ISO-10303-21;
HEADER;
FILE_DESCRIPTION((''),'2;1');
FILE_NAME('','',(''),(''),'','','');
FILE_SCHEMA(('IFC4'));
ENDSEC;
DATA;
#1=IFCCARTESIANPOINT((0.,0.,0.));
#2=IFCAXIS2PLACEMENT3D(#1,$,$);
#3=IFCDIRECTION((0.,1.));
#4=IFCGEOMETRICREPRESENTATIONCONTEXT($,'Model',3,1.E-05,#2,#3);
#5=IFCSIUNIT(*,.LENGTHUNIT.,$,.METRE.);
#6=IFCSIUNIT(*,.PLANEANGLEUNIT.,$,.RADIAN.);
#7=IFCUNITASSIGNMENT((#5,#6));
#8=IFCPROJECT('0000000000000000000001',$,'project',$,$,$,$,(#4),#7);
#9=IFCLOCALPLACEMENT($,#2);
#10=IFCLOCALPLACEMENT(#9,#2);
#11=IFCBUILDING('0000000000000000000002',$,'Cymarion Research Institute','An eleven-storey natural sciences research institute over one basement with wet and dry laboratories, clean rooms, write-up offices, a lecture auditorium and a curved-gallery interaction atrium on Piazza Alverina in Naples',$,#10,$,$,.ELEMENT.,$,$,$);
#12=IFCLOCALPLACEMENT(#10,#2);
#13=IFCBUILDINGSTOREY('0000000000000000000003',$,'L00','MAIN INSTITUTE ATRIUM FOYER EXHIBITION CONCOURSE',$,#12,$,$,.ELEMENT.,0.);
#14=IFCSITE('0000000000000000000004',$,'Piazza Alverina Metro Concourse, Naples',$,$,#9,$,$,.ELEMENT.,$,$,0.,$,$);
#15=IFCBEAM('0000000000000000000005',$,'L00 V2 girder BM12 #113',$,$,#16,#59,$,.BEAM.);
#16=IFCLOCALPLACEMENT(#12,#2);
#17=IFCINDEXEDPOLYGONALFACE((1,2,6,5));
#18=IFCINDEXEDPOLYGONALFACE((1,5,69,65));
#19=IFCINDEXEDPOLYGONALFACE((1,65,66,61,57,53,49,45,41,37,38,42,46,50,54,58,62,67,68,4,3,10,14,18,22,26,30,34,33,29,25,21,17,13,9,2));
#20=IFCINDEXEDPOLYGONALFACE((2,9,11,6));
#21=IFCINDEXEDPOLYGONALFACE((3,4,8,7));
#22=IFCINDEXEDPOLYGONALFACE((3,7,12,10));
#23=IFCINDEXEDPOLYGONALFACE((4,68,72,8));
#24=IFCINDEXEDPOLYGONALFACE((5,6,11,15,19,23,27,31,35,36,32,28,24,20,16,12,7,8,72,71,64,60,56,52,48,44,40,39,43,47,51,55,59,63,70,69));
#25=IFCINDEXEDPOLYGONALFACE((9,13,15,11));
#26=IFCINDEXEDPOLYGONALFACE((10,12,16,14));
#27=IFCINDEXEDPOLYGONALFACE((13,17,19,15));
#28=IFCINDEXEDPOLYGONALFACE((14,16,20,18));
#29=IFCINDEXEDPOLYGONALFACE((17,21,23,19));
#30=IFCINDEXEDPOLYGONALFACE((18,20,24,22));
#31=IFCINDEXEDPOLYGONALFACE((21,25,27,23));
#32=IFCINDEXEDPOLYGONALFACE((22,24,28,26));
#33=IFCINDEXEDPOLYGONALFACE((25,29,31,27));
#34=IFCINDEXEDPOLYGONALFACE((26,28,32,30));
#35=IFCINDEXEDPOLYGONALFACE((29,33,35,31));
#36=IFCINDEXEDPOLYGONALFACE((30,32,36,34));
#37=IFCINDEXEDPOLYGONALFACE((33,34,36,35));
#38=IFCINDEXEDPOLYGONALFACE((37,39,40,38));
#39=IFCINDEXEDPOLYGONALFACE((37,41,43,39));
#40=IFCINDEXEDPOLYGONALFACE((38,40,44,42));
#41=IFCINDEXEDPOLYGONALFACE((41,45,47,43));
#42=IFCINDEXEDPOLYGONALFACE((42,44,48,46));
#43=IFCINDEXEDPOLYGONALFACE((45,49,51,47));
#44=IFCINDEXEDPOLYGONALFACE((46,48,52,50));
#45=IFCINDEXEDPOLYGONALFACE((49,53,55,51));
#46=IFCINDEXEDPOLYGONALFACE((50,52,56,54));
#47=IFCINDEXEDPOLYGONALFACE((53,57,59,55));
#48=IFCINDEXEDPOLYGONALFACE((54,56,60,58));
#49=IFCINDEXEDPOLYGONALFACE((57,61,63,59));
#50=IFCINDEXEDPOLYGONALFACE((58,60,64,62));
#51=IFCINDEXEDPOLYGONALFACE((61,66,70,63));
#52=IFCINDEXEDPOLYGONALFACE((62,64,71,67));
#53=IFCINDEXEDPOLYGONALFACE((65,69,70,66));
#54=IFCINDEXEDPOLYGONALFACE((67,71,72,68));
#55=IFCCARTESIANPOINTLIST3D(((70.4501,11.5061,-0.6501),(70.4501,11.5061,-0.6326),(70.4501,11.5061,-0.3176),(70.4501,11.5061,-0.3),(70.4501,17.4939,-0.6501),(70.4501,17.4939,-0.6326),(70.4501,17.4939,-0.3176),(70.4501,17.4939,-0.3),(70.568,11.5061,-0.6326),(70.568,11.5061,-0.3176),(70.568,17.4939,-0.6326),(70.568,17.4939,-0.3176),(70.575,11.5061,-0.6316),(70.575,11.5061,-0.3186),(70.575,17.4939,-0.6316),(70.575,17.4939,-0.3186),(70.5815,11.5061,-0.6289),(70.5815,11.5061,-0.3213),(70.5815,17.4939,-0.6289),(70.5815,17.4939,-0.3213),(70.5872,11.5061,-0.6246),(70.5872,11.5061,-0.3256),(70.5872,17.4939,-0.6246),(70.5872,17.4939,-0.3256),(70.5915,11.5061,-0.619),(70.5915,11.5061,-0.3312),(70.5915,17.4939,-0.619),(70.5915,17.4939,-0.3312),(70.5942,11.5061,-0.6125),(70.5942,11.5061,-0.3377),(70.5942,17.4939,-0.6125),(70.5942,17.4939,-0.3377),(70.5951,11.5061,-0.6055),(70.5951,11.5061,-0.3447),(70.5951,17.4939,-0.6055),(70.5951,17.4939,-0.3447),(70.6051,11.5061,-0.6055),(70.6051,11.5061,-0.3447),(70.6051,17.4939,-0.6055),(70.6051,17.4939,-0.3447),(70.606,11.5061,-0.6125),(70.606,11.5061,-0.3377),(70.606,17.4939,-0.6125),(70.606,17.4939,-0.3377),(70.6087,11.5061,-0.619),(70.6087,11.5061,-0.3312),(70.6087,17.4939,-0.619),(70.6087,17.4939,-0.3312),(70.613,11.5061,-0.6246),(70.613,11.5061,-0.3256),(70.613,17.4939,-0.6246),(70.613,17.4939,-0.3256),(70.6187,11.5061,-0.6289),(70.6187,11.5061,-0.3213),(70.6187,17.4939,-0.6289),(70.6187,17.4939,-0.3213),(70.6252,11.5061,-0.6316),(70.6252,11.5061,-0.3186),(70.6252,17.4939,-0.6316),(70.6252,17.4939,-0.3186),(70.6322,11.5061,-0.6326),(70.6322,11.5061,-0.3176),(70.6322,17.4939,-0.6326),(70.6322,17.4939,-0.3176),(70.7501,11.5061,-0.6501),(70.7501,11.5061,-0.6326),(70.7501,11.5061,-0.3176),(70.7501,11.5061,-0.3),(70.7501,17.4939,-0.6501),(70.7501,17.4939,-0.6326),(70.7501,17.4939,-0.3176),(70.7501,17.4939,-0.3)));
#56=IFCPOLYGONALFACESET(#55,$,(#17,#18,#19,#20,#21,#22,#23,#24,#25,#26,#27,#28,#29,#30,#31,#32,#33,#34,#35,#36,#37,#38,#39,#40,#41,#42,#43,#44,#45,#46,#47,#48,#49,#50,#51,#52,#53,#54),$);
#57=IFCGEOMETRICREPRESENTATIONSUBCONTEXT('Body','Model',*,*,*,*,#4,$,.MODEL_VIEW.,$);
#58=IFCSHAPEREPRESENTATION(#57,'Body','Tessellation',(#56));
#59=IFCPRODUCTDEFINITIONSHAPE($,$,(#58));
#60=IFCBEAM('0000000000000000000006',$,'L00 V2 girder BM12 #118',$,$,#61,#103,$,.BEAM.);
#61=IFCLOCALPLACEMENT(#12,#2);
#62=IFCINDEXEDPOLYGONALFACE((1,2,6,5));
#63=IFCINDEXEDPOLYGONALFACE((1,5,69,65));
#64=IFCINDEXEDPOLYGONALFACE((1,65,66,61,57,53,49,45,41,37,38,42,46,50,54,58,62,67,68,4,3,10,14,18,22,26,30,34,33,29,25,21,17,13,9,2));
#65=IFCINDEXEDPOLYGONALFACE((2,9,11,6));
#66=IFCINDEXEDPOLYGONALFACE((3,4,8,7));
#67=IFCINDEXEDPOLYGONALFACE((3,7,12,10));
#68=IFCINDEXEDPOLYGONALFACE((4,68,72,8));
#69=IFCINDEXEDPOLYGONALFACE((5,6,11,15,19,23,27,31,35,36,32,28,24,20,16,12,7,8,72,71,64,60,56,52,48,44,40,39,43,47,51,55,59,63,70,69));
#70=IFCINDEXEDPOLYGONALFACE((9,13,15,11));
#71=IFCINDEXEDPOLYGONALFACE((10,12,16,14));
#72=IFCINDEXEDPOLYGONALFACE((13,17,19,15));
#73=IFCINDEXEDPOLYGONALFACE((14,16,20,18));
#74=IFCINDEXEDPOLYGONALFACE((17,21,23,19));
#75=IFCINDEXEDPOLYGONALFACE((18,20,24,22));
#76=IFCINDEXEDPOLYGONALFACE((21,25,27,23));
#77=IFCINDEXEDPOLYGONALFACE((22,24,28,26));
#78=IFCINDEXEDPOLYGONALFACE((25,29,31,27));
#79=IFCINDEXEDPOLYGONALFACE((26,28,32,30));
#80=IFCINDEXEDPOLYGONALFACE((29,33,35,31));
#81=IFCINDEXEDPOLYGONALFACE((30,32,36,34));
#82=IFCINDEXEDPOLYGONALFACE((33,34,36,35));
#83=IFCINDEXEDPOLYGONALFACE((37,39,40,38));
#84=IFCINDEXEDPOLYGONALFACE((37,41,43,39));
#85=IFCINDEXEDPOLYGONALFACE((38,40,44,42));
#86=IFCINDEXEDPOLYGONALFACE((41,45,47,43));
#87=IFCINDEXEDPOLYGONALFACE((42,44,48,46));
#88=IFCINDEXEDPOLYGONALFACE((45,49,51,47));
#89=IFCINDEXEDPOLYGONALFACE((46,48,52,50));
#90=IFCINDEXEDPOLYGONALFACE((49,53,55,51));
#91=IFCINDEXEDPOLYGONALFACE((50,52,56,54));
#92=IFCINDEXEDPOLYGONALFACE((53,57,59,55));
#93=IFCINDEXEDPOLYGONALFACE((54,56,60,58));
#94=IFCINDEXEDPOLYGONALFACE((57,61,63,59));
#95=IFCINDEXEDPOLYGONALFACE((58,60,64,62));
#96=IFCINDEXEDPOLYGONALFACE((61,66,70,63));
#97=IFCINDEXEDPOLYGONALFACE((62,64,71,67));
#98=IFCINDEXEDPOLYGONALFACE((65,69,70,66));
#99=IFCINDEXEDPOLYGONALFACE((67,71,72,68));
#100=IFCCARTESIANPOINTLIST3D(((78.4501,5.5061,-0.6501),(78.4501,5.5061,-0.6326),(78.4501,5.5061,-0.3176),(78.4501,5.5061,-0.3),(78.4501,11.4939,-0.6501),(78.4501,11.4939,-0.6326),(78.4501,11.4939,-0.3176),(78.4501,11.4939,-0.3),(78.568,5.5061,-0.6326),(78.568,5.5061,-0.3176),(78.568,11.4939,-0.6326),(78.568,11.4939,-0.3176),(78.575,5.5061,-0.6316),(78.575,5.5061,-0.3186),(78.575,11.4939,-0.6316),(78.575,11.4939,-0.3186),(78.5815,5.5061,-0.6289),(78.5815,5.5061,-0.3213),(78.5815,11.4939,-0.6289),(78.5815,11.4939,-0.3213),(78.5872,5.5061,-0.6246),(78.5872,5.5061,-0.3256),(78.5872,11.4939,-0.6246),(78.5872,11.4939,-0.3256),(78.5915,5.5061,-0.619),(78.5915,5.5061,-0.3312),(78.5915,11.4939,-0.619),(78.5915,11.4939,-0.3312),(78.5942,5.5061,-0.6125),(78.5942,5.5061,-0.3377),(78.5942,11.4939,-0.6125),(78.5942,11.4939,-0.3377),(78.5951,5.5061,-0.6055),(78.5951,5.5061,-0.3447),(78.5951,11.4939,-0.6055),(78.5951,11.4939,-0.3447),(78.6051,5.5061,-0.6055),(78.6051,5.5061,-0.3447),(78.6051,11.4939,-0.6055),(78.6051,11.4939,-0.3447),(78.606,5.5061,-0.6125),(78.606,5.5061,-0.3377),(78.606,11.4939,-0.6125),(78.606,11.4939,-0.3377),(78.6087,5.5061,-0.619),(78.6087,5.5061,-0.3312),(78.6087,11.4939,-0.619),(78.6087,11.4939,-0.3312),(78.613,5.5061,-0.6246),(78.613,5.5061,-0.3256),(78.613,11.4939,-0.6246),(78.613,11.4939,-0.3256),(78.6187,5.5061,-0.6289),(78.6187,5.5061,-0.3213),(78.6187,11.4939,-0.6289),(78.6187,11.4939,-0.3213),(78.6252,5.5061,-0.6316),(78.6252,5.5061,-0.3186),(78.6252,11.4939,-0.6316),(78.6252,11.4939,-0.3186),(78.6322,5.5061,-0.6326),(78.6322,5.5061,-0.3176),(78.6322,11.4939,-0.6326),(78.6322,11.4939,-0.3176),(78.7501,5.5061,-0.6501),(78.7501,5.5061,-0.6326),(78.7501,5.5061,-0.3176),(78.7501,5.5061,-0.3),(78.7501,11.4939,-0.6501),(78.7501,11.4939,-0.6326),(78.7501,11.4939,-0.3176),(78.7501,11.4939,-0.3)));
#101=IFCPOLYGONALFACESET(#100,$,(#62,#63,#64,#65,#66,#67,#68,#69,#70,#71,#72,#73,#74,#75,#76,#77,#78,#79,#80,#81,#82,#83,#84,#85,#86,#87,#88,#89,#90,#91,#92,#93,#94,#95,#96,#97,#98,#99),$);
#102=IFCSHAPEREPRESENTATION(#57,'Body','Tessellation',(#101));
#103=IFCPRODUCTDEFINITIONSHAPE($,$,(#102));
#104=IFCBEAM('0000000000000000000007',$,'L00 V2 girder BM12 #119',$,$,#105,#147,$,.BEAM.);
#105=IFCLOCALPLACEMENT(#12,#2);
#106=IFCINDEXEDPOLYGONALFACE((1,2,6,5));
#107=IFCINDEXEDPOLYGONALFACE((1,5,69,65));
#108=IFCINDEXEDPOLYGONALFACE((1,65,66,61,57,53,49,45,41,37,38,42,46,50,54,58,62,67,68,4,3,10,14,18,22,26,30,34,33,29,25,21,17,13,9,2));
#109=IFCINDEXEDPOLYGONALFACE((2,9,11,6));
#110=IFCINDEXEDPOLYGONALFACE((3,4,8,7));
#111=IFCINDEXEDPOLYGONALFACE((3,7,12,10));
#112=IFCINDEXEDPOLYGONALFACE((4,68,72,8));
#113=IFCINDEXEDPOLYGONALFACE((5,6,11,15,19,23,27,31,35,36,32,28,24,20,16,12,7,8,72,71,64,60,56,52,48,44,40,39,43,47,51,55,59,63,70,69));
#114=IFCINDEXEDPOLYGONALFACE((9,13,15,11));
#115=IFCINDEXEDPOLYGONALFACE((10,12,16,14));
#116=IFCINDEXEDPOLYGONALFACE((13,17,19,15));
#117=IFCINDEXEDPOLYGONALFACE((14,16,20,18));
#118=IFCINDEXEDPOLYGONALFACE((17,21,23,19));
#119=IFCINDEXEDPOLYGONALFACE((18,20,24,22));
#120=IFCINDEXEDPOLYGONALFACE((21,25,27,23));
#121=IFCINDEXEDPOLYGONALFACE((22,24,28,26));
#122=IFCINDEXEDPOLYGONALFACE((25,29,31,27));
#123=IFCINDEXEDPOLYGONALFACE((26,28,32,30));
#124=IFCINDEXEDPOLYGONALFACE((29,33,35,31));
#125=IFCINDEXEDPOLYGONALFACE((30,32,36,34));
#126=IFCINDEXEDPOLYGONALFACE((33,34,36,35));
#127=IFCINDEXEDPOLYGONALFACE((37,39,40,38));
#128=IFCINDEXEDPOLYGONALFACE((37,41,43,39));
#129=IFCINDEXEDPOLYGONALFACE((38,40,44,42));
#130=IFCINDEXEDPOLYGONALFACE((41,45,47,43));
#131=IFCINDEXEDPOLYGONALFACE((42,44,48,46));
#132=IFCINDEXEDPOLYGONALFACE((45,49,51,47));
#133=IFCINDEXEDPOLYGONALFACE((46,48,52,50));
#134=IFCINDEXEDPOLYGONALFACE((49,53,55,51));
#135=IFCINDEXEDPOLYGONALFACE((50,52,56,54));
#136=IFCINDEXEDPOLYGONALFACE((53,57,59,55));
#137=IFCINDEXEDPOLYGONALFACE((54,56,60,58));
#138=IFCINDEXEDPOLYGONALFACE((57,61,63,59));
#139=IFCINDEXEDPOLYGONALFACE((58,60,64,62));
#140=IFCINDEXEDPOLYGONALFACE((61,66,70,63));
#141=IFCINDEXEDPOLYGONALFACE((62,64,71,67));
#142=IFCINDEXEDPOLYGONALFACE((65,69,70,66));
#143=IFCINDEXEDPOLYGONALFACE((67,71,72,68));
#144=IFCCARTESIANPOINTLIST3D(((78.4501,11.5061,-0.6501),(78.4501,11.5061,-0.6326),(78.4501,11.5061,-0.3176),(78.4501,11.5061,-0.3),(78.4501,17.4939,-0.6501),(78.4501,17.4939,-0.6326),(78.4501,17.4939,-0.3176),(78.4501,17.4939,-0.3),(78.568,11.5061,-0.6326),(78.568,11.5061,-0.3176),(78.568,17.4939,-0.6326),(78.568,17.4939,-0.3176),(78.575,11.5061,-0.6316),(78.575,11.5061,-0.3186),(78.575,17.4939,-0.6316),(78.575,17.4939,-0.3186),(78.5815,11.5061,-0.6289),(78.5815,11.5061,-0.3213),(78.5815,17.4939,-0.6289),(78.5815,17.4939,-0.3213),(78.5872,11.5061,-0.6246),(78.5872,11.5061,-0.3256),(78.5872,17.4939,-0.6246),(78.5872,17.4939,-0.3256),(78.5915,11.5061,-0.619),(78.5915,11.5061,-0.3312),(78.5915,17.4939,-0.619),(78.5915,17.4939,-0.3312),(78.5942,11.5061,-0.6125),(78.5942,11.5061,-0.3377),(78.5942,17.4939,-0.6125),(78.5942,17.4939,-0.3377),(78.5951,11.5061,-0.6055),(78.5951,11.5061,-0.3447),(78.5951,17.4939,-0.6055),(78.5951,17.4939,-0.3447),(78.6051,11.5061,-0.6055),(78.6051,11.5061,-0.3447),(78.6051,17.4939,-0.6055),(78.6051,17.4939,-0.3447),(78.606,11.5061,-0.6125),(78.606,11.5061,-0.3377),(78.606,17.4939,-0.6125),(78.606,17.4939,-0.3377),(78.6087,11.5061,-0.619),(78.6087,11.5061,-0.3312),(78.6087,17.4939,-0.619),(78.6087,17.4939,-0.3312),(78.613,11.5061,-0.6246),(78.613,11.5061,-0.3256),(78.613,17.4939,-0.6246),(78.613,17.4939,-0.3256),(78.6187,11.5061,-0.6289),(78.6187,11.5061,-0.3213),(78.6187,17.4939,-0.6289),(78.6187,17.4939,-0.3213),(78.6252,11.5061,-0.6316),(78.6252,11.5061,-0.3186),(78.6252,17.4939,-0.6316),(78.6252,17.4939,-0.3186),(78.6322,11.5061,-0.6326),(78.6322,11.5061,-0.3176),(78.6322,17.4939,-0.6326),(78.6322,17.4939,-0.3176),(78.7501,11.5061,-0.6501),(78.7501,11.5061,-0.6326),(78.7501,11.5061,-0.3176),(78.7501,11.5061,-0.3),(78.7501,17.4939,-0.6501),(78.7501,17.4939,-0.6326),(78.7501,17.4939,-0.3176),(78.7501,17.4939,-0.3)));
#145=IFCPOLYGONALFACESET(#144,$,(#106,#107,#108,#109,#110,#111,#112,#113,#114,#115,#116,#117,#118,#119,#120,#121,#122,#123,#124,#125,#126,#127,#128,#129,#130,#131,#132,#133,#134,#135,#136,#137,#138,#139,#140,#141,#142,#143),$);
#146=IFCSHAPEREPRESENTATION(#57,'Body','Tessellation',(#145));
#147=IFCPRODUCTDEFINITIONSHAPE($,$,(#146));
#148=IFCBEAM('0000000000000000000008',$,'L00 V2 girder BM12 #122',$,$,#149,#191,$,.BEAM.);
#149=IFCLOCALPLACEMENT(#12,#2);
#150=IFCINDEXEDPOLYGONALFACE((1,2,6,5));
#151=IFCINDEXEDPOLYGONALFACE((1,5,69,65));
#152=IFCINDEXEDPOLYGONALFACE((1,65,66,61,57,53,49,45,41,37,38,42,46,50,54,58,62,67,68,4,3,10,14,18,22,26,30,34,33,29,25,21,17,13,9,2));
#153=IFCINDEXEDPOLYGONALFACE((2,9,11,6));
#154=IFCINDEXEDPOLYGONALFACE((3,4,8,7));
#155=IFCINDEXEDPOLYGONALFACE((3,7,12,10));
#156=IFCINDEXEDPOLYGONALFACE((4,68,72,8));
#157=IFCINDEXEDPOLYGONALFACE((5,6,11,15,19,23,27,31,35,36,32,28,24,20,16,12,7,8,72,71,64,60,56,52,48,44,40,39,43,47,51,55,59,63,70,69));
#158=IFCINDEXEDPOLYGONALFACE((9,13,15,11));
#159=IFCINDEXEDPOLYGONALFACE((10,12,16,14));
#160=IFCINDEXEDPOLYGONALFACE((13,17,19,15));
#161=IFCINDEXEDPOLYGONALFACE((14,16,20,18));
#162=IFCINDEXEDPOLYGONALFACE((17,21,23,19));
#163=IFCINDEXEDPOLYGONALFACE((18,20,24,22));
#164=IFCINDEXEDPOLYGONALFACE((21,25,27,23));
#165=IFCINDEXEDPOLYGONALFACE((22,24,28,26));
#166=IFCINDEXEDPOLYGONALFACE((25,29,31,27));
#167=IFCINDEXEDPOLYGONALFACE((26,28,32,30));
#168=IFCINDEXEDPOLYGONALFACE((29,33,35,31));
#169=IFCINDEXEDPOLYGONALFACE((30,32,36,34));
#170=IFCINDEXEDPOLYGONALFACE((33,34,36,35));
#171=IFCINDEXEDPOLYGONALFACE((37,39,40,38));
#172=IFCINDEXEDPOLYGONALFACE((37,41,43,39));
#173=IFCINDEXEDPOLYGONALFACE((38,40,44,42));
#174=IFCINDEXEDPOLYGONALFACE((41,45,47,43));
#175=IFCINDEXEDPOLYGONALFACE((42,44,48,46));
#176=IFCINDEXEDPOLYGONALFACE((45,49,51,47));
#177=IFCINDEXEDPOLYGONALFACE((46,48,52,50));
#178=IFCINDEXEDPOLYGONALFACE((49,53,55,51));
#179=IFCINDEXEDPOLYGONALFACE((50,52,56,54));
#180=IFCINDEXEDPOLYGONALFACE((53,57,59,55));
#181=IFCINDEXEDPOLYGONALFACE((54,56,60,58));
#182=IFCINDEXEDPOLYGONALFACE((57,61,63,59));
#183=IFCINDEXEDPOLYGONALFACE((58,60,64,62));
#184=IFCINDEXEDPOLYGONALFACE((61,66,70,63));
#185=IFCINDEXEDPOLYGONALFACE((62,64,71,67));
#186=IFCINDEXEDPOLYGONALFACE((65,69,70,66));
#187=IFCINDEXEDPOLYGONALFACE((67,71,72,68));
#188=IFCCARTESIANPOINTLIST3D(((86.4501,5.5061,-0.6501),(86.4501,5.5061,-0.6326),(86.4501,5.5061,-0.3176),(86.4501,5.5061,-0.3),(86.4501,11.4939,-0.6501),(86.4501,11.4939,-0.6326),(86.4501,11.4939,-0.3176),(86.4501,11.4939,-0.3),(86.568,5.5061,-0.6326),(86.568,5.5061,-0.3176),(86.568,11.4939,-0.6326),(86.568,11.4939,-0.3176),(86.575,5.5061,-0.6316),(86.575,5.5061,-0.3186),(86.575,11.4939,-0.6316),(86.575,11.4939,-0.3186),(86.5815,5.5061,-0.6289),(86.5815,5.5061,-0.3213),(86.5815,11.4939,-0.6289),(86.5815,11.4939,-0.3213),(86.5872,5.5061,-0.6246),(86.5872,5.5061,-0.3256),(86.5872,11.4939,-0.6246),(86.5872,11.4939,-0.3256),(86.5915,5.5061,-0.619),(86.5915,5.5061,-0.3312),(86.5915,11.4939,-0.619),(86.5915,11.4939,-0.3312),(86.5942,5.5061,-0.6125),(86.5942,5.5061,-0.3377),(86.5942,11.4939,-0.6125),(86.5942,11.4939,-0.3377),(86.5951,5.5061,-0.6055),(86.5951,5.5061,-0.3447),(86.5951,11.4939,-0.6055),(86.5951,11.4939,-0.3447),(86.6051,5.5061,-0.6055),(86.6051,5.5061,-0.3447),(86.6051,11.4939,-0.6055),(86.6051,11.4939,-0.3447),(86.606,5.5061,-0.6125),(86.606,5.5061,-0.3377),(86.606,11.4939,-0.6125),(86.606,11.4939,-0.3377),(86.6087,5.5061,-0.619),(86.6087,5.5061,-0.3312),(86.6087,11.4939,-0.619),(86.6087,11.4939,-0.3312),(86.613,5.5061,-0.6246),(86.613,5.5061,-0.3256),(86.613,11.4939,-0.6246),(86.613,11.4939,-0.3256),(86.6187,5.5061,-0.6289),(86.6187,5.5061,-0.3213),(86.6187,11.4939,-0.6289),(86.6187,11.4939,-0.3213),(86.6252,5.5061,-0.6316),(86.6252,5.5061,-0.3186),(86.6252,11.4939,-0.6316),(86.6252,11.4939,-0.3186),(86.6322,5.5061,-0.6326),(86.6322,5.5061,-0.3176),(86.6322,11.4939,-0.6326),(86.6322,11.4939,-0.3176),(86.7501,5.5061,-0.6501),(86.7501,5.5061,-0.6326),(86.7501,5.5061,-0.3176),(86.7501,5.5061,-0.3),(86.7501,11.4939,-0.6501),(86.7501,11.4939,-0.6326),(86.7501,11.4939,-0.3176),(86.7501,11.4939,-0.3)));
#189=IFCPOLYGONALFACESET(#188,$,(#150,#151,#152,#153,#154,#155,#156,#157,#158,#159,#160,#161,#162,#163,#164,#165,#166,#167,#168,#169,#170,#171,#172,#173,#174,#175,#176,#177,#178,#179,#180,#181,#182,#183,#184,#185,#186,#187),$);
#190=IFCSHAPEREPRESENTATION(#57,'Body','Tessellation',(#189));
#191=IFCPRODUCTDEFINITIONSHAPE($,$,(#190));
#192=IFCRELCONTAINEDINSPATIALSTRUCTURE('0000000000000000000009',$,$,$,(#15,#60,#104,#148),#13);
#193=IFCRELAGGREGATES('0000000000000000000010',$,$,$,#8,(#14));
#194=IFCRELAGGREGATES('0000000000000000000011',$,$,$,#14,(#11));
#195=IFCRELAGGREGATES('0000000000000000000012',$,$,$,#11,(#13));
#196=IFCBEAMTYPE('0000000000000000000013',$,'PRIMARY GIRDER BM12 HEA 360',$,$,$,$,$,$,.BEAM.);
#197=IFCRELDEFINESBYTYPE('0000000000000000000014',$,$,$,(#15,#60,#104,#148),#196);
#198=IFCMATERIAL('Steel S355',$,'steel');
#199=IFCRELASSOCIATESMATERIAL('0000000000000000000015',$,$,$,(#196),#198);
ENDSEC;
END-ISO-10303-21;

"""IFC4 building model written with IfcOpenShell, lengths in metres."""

from ifc_helpers import new_model, si_unit, direction, frame, origin, origin_2d, place, context, subcontext, project, spatial, i_section, extrude, material, material_profile, profile_set, type_object, element, save


model = new_model("IFC4")

# Units and contexts
model_context = context("Model", 3, precision=1e-05, world=origin(), true_north=direction((0.0, 1.0)))
body_context = subcontext(model_context, "Body", "Model", "MODEL_VIEW")
ifc_project = project(units=[si_unit("LENGTHUNIT", "METRE"), si_unit("PLANEANGLEUNIT", "RADIAN")], contexts=[model_context])

# Site, building, storey
site_placement = place(None, origin())
site = spatial("IfcSite", under=ifc_project, at=site_placement, Name="Piazza Alverina Metro Concourse, Naples", CompositionType="ELEMENT", RefElevation=0.0)
building_placement = place(site_placement, origin())
building = spatial("IfcBuilding", under=site, at=building_placement, Name="Cymarion Research Institute", Description="An eleven-storey natural sciences research institute over one basement with wet and dry laboratories, clean rooms, write-up offices, a lecture auditorium and a curved-gallery interaction atrium on Piazza Alverina in Naples", CompositionType="ELEMENT")
storey_placement = place(building_placement, origin())
storey = spatial("IfcBuildingStorey", under=building, at=storey_placement, Name="L00", Description="MAIN INSTITUTE ATRIUM FOYER EXHIBITION CONCOURSE", CompositionType="ELEMENT", Elevation=0.0)

# Shared definitions
ifc_material_1 = material(Name="Steel S355", Category="steel")

# Beams
ifc_material_profile_1 = material_profile(ifc_material_1, i_section(OverallWidth=0.3, OverallDepth=0.3501, WebThickness=0.01, FlangeThickness=0.0176, FilletRadius=0.0271, at=origin_2d()), Name="HEA 360")
ifc_profile_set_1 = profile_set([ifc_material_profile_1], Name="Steel S355")
beam_type_1 = type_object("IfcBeamType", Name="PRIMARY GIRDER BM12 HEA 360", PredefinedType="BEAM", material=ifc_profile_set_1)
for number, where, z_axis, x_axis, name in (
    (1, (70.6001, 11.5061, -0.4751), (0.0, 1.0, 0.0), (-1.0, 0.0, 0.0), "L00 V2 girder BM12 #113"),
    (2, (78.6001, 5.5061, -0.4751), (0.0, 1.0, 0.0), (-1.0, 0.0, 0.0), "L00 V2 girder BM12 #118"),
    (3, (78.6001, 11.5061, -0.4751), (0.0, 1.0, 0.0), (-1.0, 0.0, 0.0), "L00 V2 girder BM12 #119"),
    (4, (86.6001, 5.5061, -0.4751), (0.0, 1.0, 0.0), (-1.0, 0.0, 0.0), "L00 V2 girder BM12 #122"),
):
    element("IfcBeam", number, at=place(storey_placement, frame(where, z_axis=z_axis, x_axis=x_axis)), inside=storey, type_object=beam_type_1, Name=name, PredefinedType="BEAM", context=body_context, shape_type="SweptSolid", body=[
        extrude(i_section(OverallWidth=0.3, OverallDepth=0.3501, WebThickness=0.01, FlangeThickness=0.0176, FilletRadius=0.0271, at=origin_2d()), origin(), (0.0, 0.0, 1.0), 5.9878),
    ])

save(model, "model.ifc")
